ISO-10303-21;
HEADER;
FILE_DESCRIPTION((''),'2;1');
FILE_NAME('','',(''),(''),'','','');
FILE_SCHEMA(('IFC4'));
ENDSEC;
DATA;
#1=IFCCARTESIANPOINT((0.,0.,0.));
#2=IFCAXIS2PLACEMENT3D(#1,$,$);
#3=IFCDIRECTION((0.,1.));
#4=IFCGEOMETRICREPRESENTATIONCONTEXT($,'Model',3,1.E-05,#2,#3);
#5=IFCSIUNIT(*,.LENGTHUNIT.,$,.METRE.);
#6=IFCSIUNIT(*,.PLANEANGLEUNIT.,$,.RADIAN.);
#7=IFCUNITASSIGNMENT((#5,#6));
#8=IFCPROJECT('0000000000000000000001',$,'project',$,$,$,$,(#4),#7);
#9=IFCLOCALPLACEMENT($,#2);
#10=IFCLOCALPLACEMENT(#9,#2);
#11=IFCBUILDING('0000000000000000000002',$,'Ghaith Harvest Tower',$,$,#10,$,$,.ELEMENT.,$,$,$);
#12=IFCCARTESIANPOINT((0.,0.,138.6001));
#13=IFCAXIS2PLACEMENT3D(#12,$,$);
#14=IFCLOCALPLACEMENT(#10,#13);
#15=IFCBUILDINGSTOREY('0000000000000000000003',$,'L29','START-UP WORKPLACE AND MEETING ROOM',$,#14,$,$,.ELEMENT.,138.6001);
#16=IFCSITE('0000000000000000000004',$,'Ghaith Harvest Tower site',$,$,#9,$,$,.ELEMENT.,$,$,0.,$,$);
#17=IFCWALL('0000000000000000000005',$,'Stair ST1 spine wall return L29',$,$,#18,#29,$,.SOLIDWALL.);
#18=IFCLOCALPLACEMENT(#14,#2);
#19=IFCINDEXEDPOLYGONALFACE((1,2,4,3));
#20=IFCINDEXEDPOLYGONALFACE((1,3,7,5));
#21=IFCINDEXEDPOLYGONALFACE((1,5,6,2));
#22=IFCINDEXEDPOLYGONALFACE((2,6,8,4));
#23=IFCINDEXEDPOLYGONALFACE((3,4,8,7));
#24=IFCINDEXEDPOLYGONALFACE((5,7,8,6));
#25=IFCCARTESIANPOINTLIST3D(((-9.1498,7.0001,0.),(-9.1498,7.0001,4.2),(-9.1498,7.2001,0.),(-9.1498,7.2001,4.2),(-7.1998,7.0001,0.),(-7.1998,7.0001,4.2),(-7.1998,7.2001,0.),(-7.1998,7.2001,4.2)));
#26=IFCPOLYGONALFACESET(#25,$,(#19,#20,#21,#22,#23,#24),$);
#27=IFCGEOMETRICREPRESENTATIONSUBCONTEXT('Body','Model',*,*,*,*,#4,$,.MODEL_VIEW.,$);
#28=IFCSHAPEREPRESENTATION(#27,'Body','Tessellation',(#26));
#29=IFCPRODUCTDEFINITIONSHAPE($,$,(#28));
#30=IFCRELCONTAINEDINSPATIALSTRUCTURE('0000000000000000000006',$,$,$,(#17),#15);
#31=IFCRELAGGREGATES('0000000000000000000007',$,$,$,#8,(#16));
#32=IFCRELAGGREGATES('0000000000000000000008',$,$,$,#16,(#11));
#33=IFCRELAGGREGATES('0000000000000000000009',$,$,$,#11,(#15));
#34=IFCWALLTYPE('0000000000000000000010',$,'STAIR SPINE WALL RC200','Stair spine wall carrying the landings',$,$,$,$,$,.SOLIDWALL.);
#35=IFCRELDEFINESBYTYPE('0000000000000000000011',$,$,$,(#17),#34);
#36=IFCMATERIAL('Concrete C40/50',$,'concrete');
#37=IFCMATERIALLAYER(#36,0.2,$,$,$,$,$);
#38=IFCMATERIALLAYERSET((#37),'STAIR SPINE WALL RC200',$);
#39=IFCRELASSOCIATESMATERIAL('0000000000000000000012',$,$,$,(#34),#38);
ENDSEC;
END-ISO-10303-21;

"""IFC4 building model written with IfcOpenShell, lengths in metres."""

from ifc_helpers import new_model, si_unit, direction, frame, frame_2d, origin, place, context, subcontext, project, spatial, rectangle, extrude, material, layer, layer_set, type_object, element, save


model = new_model("IFC4")

# Units and contexts
model_context = context("Model", 3, precision=1e-05, world=origin(), true_north=direction((0.0, 1.0)))
body_context = subcontext(model_context, "Body", "Model", "MODEL_VIEW")
ifc_project = project(units=[si_unit("LENGTHUNIT", "METRE"), si_unit("PLANEANGLEUNIT", "RADIAN")], contexts=[model_context])

# Site, building, storey
site_placement = place(None, origin())
site = spatial("IfcSite", under=ifc_project, at=site_placement, Name="Ghaith Harvest Tower site", CompositionType="ELEMENT", RefElevation=0.0)
building_placement = place(site_placement, origin())
building = spatial("IfcBuilding", under=site, at=building_placement, Name="Ghaith Harvest Tower", CompositionType="ELEMENT")
storey_placement = place(building_placement, frame((0.0, 0.0, 138.6001)))
storey = spatial("IfcBuildingStorey", under=building, at=storey_placement, Name="L29", Description="START-UP WORKPLACE AND MEETING ROOM", CompositionType="ELEMENT", Elevation=138.6001)

# Wall
ifc_material_1 = material(Name="Concrete C40/50", Category="concrete")
ifc_layer_1 = layer(ifc_material_1, 0.2)
ifc_layer_set_1 = layer_set([ifc_layer_1], Name="STAIR SPINE WALL RC200")
wall_type_1 = type_object("IfcWallType", Name="STAIR SPINE WALL RC200", Description="Stair spine wall carrying the landings", PredefinedType="SOLIDWALL", material=ifc_layer_set_1)
wall_1_placement = place(storey_placement, frame((-9.1499, 7.1001, 0.0), z_axis=(0.0, 0.0, 1.0), x_axis=(1.0, 0.0, 0.0)))
element("IfcWall", 1, at=wall_1_placement, inside=storey, type_object=wall_type_1, Name="Stair ST1 spine wall return L29", PredefinedType="SOLIDWALL", context=body_context, shape_type="SweptSolid", body=[
    extrude(rectangle(XDim=1.95, YDim=0.2, at=frame_2d((0.9751, 0.0))), origin(), (0.0, 0.0, 1.0), 4.2),
])

save(model, "model.ifc")
